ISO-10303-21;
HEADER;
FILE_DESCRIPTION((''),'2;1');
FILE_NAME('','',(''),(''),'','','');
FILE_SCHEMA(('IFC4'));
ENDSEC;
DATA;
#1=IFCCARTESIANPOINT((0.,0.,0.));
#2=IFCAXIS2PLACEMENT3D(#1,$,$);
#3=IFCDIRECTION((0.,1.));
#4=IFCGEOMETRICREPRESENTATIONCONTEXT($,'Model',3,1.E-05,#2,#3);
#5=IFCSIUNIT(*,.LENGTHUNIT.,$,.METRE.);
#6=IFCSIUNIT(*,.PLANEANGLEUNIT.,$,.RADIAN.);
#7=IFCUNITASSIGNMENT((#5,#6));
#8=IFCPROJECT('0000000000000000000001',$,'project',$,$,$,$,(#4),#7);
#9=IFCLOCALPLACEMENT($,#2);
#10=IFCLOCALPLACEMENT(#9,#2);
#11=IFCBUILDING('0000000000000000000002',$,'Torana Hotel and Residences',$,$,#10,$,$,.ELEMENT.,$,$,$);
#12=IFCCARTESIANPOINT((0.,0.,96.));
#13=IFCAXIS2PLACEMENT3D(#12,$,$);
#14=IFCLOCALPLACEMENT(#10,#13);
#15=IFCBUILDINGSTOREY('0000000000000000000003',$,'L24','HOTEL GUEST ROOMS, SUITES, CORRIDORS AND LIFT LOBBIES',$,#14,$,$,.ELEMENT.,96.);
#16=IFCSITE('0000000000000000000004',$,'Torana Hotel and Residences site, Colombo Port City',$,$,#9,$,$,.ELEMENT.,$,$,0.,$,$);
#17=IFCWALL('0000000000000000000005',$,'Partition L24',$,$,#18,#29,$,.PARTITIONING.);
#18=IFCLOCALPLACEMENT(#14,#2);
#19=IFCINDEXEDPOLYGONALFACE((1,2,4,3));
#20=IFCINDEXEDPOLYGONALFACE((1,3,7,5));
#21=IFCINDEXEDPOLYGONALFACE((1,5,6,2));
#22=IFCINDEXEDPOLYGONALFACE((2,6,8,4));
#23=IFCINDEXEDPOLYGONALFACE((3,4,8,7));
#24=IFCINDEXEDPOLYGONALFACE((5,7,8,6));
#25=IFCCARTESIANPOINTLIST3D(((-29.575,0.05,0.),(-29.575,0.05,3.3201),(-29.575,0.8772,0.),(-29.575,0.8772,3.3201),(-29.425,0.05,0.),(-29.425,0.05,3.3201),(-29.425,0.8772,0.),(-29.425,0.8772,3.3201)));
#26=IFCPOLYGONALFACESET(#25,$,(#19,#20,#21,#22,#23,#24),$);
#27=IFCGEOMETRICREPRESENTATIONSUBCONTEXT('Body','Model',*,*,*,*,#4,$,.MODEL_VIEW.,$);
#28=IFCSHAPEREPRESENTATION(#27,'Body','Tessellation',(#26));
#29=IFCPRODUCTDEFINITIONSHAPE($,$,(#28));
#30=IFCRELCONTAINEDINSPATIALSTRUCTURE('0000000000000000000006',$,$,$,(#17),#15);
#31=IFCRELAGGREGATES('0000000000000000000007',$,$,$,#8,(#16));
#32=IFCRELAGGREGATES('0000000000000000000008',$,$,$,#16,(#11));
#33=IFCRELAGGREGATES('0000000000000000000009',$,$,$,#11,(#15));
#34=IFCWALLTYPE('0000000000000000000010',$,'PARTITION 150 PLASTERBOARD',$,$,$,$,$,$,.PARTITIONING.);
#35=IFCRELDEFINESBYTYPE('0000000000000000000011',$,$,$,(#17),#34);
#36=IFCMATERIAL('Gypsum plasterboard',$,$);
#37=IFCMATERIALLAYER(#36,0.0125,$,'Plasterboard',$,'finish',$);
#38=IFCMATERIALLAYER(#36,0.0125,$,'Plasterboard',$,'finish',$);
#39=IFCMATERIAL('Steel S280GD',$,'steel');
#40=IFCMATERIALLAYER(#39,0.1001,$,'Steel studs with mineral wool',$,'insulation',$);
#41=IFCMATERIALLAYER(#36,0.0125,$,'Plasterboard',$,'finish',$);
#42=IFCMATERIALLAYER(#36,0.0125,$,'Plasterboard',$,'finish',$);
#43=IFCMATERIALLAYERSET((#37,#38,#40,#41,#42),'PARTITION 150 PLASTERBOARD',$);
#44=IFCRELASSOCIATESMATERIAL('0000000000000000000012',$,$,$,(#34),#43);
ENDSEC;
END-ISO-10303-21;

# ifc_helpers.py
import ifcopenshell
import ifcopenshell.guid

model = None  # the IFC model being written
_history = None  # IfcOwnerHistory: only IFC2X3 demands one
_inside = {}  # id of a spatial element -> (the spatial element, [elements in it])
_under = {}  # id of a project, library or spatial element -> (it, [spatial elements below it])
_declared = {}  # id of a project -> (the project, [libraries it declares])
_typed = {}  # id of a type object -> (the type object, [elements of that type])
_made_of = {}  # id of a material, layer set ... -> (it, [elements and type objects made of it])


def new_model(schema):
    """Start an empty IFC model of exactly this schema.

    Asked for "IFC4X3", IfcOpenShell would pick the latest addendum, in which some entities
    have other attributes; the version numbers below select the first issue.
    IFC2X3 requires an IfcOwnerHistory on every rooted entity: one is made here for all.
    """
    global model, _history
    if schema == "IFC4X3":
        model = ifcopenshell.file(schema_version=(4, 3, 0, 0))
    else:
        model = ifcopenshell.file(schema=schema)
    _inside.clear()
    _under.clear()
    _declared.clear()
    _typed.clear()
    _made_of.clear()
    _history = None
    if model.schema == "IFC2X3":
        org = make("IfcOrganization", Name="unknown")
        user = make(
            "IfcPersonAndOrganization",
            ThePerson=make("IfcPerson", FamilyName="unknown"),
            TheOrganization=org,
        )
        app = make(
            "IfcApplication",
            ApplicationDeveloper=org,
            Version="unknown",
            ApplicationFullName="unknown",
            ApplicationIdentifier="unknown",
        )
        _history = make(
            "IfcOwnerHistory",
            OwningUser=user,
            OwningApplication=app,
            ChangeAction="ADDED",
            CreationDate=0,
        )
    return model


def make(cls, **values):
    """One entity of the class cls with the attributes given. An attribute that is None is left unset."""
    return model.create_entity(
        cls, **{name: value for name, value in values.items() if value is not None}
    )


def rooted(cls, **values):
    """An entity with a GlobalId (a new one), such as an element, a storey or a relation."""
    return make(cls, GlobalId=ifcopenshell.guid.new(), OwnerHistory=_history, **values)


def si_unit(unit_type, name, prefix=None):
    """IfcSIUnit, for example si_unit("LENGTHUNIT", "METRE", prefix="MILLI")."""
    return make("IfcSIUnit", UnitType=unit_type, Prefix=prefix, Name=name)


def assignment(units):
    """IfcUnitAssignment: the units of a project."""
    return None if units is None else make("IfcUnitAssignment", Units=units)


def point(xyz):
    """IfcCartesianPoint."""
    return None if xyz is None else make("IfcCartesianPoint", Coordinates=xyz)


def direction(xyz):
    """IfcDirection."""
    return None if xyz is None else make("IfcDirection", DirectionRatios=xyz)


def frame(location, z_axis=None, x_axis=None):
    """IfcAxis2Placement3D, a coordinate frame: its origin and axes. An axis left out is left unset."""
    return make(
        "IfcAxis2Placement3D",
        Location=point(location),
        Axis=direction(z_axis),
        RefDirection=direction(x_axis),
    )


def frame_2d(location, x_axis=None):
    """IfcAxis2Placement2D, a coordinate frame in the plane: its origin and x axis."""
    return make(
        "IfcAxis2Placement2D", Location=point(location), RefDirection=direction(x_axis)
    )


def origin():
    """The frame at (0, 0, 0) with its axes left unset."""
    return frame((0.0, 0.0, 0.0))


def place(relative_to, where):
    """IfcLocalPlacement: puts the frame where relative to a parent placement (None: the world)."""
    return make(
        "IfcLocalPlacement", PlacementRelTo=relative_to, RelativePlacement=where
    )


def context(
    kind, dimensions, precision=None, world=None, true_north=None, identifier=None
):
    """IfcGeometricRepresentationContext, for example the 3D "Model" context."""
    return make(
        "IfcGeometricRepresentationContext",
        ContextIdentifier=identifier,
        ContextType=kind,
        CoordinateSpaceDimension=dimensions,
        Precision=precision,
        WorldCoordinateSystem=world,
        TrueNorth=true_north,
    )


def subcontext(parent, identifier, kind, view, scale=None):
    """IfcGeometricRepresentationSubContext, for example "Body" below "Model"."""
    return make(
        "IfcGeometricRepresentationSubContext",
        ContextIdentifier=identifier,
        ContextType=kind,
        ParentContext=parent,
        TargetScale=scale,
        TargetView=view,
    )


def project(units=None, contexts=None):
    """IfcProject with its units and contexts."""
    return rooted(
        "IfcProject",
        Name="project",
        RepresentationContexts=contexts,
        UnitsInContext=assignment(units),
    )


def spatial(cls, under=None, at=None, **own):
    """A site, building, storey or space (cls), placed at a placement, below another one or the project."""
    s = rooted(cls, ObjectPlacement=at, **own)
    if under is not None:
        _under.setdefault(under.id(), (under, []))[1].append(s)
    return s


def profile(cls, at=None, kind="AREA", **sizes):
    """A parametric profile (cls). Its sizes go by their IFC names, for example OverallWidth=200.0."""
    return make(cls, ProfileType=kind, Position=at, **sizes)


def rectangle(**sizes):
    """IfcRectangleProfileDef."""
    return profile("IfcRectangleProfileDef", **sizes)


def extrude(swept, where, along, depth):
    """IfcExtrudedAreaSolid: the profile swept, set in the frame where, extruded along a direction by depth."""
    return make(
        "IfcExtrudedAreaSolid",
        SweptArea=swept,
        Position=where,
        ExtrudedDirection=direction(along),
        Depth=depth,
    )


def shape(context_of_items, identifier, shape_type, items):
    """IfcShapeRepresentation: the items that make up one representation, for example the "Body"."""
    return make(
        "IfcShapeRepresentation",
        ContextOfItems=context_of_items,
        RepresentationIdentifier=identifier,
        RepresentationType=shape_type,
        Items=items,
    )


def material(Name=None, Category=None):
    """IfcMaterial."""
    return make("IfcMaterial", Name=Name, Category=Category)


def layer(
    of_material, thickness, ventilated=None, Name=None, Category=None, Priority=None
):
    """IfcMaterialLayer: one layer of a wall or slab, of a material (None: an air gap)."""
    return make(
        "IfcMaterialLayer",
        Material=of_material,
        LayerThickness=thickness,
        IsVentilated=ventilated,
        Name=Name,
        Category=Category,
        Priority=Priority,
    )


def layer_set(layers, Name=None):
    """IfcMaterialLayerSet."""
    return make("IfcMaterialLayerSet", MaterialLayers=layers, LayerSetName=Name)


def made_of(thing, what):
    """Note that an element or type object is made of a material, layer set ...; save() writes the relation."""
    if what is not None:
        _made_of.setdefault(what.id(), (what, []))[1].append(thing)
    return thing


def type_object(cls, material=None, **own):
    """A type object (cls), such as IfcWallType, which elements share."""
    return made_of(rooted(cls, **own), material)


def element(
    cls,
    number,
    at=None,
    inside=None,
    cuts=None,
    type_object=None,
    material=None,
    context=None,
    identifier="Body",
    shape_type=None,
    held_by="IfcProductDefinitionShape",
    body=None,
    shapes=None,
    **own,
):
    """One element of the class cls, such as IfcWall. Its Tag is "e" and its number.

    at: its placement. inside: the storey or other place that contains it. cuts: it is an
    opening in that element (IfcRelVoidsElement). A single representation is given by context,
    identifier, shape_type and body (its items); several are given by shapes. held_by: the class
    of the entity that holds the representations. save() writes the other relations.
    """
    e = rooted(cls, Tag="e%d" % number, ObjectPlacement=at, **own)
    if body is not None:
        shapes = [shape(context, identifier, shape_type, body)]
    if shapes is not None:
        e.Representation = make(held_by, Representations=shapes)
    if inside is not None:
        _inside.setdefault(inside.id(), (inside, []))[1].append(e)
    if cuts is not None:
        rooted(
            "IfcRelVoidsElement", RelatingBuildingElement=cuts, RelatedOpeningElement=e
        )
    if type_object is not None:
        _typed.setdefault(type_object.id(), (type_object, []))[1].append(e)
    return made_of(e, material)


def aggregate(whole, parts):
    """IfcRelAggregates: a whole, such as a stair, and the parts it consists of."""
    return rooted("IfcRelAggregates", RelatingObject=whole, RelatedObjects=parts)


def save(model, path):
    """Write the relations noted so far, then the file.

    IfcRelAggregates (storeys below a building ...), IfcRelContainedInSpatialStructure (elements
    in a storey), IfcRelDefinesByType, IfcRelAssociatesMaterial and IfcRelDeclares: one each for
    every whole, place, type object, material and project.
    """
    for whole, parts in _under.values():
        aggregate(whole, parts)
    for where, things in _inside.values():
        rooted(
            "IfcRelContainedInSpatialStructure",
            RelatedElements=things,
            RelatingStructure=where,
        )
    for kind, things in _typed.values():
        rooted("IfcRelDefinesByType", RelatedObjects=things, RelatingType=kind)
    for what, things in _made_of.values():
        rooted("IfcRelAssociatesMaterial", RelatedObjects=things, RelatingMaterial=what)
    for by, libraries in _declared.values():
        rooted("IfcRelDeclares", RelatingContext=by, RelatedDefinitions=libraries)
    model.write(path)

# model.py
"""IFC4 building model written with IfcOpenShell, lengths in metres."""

from ifc_helpers import new_model, si_unit, direction, frame, frame_2d, origin, place, context, subcontext, project, spatial, rectangle, extrude, material, layer, layer_set, type_object, element, save


model = new_model("IFC4")

# Units and contexts
model_context = context("Model", 3, precision=1e-05, world=origin(), true_north=direction((0.0, 1.0)))
body_context = subcontext(model_context, "Body", "Model", "MODEL_VIEW")
ifc_project = project(units=[si_unit("LENGTHUNIT", "METRE"), si_unit("PLANEANGLEUNIT", "RADIAN")], contexts=[model_context])

# Site, building, storey
site_placement = place(None, origin())
site = spatial("IfcSite", under=ifc_project, at=site_placement, Name="Torana Hotel and Residences site, Colombo Port City", CompositionType="ELEMENT", RefElevation=0.0)
building_placement = place(site_placement, origin())
building = spatial("IfcBuilding", under=site, at=building_placement, Name="Torana Hotel and Residences", CompositionType="ELEMENT")
storey_placement = place(building_placement, frame((0.0, 0.0, 96.0)))
storey = spatial("IfcBuildingStorey", under=building, at=storey_placement, Name="L24", Description="HOTEL GUEST ROOMS, SUITES, CORRIDORS AND LIFT LOBBIES", CompositionType="ELEMENT", Elevation=96.0)

# Shared definitions
ifc_material_1 = material(Name="Steel S280GD", Category="steel")

# Wall
ifc_material_2 = material(Name="Gypsum plasterboard")
ifc_layer_1 = layer(ifc_material_2, 0.0125, Name="Plasterboard", Category="finish")
ifc_layer_2 = layer(ifc_material_2, 0.0125, Name="Plasterboard", Category="finish")
ifc_layer_3 = layer(ifc_material_1, 0.1001, Name="Steel studs with mineral wool", Category="insulation")
ifc_layer_4 = layer(ifc_material_2, 0.0125, Name="Plasterboard", Category="finish")
ifc_layer_5 = layer(ifc_material_2, 0.0125, Name="Plasterboard", Category="finish")
ifc_layer_set_1 = layer_set([ifc_layer_1, ifc_layer_2, ifc_layer_3, ifc_layer_4, ifc_layer_5], Name="PARTITION 150 PLASTERBOARD")
wall_type_1 = type_object("IfcWallType", Name="PARTITION 150 PLASTERBOARD", PredefinedType="PARTITIONING", material=ifc_layer_set_1)
wall_1_placement = place(storey_placement, frame((-29.5, 0.05, 0.0), z_axis=(0.0, 0.0, 1.0), x_axis=(0.0, 1.0, 0.0)))
element("IfcWall", 1, at=wall_1_placement, inside=storey, type_object=wall_type_1, Name="Partition L24", PredefinedType="PARTITIONING", context=body_context, shape_type="SweptSolid", body=[
    extrude(rectangle(XDim=0.8271, YDim=0.1499, at=frame_2d((0.4136, 0.0))), origin(), (0.0, 0.0, 1.0), 3.3201),
])

save(model, "model.ifc")
